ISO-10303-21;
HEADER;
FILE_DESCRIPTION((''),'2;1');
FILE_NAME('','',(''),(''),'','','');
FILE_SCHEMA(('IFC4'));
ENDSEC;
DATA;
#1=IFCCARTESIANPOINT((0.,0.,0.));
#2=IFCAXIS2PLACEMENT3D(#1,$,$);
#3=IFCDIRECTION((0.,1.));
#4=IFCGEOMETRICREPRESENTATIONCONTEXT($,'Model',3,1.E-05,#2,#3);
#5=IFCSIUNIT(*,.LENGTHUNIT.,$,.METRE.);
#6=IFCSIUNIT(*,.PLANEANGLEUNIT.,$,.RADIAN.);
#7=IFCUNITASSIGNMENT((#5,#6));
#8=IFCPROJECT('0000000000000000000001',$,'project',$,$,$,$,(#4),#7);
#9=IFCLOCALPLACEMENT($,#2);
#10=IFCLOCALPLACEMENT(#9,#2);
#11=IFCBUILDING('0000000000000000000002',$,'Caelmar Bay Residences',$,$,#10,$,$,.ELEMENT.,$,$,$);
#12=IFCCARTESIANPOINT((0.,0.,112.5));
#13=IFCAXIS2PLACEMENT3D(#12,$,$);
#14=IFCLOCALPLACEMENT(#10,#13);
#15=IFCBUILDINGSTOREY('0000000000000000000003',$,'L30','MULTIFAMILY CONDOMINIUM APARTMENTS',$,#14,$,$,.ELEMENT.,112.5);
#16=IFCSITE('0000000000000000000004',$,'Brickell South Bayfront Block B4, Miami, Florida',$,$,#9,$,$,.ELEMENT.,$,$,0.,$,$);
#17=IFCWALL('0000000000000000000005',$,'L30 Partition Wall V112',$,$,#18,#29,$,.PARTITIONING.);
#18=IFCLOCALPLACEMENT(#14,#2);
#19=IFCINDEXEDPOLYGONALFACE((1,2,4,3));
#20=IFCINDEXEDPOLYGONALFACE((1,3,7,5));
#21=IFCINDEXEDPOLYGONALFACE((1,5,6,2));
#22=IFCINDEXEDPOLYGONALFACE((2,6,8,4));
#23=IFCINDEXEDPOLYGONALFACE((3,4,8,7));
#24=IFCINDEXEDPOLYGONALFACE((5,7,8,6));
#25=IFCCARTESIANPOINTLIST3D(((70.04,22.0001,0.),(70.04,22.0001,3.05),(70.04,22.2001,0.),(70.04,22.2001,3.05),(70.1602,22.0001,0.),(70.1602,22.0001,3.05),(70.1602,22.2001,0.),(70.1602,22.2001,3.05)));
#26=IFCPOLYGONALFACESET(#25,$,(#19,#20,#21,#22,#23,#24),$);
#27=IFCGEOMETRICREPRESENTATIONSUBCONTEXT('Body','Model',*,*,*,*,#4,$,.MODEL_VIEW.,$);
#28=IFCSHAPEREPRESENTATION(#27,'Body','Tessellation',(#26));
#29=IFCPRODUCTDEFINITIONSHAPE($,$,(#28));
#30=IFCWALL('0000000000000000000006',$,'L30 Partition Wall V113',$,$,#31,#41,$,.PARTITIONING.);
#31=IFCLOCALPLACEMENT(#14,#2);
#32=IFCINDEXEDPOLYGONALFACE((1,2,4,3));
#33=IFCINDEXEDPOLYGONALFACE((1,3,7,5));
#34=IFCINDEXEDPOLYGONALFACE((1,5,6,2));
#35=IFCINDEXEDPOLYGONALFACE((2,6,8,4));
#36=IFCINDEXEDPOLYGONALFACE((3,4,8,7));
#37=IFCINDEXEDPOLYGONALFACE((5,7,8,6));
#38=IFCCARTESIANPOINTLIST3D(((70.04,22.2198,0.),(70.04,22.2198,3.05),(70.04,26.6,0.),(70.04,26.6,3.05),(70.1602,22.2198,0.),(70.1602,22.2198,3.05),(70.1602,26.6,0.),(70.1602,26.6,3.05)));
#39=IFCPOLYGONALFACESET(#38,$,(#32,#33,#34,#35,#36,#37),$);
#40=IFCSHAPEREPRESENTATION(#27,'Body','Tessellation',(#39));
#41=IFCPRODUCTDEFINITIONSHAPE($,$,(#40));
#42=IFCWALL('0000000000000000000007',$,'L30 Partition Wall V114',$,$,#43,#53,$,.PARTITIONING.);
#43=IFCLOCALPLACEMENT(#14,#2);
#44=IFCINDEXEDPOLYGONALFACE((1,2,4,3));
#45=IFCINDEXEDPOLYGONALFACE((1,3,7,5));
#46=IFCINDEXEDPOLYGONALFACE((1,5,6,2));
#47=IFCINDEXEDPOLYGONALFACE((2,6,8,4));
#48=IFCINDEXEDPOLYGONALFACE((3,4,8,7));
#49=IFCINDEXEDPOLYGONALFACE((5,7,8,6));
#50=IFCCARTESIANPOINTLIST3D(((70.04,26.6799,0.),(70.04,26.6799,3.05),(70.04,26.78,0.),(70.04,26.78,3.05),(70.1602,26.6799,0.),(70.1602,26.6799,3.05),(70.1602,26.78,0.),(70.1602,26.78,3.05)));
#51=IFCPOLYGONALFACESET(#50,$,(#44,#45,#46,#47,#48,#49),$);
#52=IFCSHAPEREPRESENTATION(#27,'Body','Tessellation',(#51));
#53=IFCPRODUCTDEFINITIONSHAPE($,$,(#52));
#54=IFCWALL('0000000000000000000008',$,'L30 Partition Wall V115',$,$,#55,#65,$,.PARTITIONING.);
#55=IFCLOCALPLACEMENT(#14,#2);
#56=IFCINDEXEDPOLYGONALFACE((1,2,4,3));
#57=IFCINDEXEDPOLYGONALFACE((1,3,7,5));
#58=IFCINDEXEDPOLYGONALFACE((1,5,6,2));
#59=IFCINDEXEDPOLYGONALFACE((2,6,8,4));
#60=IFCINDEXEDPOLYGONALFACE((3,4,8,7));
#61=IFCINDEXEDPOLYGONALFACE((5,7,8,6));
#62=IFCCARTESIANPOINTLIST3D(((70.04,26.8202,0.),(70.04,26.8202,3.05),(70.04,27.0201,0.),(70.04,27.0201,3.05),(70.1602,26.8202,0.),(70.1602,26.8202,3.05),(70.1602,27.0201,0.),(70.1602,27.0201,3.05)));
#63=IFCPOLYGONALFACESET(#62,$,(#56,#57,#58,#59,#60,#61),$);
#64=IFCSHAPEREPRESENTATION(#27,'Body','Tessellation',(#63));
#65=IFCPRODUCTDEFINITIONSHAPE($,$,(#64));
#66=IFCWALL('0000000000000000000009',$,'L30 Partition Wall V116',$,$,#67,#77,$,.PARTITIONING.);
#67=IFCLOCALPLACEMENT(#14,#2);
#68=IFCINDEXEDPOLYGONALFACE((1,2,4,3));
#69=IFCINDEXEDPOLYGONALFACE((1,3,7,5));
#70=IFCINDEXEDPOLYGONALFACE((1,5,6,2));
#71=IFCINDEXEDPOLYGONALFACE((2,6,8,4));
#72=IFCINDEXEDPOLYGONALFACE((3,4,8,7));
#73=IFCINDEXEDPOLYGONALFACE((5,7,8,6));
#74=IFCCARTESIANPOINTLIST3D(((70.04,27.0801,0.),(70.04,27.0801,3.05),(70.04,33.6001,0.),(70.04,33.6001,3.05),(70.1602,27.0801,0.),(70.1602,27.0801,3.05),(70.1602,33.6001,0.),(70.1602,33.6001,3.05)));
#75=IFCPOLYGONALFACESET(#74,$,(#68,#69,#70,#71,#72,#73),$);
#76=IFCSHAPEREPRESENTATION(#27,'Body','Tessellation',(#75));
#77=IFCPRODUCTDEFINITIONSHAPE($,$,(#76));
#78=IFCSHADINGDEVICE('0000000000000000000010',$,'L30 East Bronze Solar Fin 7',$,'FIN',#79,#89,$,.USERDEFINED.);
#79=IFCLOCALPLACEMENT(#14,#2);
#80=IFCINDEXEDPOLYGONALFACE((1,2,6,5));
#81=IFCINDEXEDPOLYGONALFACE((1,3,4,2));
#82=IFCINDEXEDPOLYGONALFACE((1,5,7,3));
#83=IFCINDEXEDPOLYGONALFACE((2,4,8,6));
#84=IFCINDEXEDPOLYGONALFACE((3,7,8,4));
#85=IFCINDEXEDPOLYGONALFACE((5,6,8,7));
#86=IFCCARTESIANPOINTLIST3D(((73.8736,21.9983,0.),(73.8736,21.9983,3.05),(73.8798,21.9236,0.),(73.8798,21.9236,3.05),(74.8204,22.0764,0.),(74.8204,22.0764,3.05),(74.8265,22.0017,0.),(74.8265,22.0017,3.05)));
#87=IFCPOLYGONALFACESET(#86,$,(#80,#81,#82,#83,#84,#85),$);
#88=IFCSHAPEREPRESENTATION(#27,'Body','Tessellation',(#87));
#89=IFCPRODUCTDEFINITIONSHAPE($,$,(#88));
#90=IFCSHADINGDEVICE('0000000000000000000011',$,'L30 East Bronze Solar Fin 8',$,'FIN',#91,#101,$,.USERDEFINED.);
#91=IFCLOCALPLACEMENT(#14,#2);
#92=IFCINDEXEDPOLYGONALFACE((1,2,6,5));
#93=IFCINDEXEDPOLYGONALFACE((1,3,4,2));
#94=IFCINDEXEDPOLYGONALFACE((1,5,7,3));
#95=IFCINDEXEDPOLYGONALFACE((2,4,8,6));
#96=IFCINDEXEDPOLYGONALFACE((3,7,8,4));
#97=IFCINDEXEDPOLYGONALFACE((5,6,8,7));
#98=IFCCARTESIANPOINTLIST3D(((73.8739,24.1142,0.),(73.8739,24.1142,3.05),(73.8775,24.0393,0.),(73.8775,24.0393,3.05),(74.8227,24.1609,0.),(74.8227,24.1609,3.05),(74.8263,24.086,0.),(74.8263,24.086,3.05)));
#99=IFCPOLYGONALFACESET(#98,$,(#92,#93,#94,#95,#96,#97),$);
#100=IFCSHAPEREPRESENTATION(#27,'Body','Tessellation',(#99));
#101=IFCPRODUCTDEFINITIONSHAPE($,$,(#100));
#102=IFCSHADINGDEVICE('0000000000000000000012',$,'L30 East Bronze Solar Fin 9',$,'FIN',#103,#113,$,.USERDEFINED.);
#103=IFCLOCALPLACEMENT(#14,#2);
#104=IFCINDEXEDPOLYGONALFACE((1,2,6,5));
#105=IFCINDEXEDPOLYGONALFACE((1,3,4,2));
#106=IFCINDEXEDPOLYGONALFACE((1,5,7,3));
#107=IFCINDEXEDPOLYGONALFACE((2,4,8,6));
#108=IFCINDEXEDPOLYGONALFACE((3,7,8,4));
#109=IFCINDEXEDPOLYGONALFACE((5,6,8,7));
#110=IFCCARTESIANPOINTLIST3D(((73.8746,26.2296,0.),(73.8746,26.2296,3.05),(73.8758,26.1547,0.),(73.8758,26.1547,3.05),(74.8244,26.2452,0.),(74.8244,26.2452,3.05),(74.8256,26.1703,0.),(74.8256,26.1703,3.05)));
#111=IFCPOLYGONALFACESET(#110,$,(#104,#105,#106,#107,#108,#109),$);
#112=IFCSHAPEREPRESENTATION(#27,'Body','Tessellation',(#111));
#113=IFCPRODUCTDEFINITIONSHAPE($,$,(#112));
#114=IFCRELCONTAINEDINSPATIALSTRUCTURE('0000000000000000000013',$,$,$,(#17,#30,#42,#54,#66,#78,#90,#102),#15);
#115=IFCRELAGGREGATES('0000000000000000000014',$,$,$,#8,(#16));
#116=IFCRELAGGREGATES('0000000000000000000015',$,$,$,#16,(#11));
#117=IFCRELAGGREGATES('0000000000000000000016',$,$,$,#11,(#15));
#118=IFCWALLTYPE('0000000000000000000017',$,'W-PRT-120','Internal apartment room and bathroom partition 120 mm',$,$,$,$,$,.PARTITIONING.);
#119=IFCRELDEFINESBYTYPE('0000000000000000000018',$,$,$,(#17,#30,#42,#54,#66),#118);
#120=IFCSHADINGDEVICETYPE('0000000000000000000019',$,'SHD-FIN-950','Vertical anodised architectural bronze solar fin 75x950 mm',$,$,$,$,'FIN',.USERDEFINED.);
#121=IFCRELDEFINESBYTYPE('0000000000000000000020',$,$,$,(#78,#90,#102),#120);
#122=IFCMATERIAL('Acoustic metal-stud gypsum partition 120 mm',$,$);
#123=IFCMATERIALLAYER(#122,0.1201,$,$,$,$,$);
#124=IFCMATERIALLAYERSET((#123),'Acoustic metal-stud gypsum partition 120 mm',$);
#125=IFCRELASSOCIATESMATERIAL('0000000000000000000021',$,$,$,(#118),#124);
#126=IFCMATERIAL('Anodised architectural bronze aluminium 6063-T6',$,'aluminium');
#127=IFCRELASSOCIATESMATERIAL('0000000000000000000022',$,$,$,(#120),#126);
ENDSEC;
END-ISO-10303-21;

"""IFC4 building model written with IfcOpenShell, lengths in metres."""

from ifc_helpers import new_model, si_unit, direction, frame, frame_2d, origin, origin_2d, place, context, subcontext, project, spatial, rectangle, extrude, material, layer, layer_set, material_profile, profile_set, type_object, element, save


model = new_model("IFC4")

# Units and contexts
model_context = context("Model", 3, precision=1e-05, world=origin(), true_north=direction((0.0, 1.0)))
body_context = subcontext(model_context, "Body", "Model", "MODEL_VIEW")
ifc_project = project(units=[si_unit("LENGTHUNIT", "METRE"), si_unit("PLANEANGLEUNIT", "RADIAN")], contexts=[model_context])

# Site, building, storey
site_placement = place(None, origin())
site = spatial("IfcSite", under=ifc_project, at=site_placement, Name="Brickell South Bayfront Block B4, Miami, Florida", CompositionType="ELEMENT", RefElevation=0.0)
building_placement = place(site_placement, origin())
building = spatial("IfcBuilding", under=site, at=building_placement, Name="Caelmar Bay Residences", CompositionType="ELEMENT")
storey_placement = place(building_placement, frame((0.0, 0.0, 112.5)))
storey = spatial("IfcBuildingStorey", under=building, at=storey_placement, Name="L30", Description="MULTIFAMILY CONDOMINIUM APARTMENTS", CompositionType="ELEMENT", Elevation=112.5)

# Shared definitions
ifc_material_1 = material(Name="Acoustic metal-stud gypsum partition 120 mm")
ifc_layer_1 = layer(ifc_material_1, 0.1201)
ifc_layer_set_1 = layer_set([ifc_layer_1], Name="Acoustic metal-stud gypsum partition 120 mm")
wall_type = type_object("IfcWallType", Name="W-PRT-120", Description="Internal apartment room and bathroom partition 120 mm", PredefinedType="PARTITIONING", material=ifc_layer_set_1)

# Walls
wall_1_placement = place(storey_placement, frame((70.1001, 22.0, 0.0), z_axis=(0.0, 0.0, 1.0), x_axis=(0.0, 1.0, 0.0)))
element("IfcWall", 1, at=wall_1_placement, inside=storey, type_object=wall_type, Name="L30 Partition Wall V112", PredefinedType="PARTITIONING", context=body_context, shape_type="SweptSolid", body=[
    extrude(rectangle(XDim=0.2, YDim=0.1201, at=frame_2d((0.1001, 0.0))), origin(), (0.0, 0.0, 1.0), 3.05),
])
wall_2_placement = place(storey_placement, frame((70.1001, 22.22, 0.0), z_axis=(0.0, 0.0, 1.0), x_axis=(0.0, 1.0, 0.0)))
element("IfcWall", 2, at=wall_2_placement, inside=storey, type_object=wall_type, Name="L30 Partition Wall V113", PredefinedType="PARTITIONING", context=body_context, shape_type="SweptSolid", body=[
    extrude(rectangle(XDim=4.3801, YDim=0.1201, at=frame_2d((2.1899, 0.0))), origin(), (0.0, 0.0, 1.0), 3.05),
])
wall_3_placement = place(storey_placement, frame((70.1001, 26.6799, 0.0), z_axis=(0.0, 0.0, 1.0), x_axis=(0.0, 1.0, 0.0)))
element("IfcWall", 3, at=wall_3_placement, inside=storey, type_object=wall_type, Name="L30 Partition Wall V114", PredefinedType="PARTITIONING", context=body_context, shape_type="SweptSolid", body=[
    extrude(rectangle(XDim=0.1001, YDim=0.1201, at=frame_2d((0.05, 0.0))), origin(), (0.0, 0.0, 1.0), 3.05),
])
wall_4_placement = place(storey_placement, frame((70.1001, 26.8201, 0.0), z_axis=(0.0, 0.0, 1.0), x_axis=(0.0, 1.0, 0.0)))
element("IfcWall", 4, at=wall_4_placement, inside=storey, type_object=wall_type, Name="L30 Partition Wall V115", PredefinedType="PARTITIONING", context=body_context, shape_type="SweptSolid", body=[
    extrude(rectangle(XDim=0.2, YDim=0.1201, at=frame_2d((0.1001, 0.0))), origin(), (0.0, 0.0, 1.0), 3.05),
])
wall_5_placement = place(storey_placement, frame((70.1001, 27.0801, 0.0), z_axis=(0.0, 0.0, 1.0), x_axis=(0.0, 1.0, 0.0)))
element("IfcWall", 5, at=wall_5_placement, inside=storey, type_object=wall_type, Name="L30 Partition Wall V116", PredefinedType="PARTITIONING", context=body_context, shape_type="SweptSolid", body=[
    extrude(rectangle(XDim=6.52, YDim=0.1201, at=frame_2d((3.26, 0.0))), origin(), (0.0, 0.0, 1.0), 3.05),
])

# Shading devices
ifc_material_2 = material(Name="Anodised architectural bronze aluminium 6063-T6", Category="aluminium")
ifc_material_profile_1 = material_profile(ifc_material_2, rectangle(XDim=0.075, YDim=0.95, at=origin_2d()), Name="BRONZE-FIN-75X950")
ifc_profile_set_1 = profile_set([ifc_material_profile_1], Name="Anodised architectural bronze aluminium 6063-T6")
shading_device_type = type_object("IfcShadingDeviceType", Name="SHD-FIN-950", Description="Vertical anodised architectural bronze solar fin 75x950 mm", ElementType="FIN", PredefinedType="USERDEFINED", material=ifc_profile_set_1)
for number, where, z_axis, x_axis, name in (
    (6, (74.3501, 22.0, 0.0), (0.0, 0.0, 1.0), (-0.082112, 0.996623, 0.0), "L30 East Bronze Solar Fin 7"),
    (7, (74.3501, 24.1001, 0.0), (0.0, 0.0, 1.0), (-0.049198, 0.998789, 0.0), "L30 East Bronze Solar Fin 8"),
    (8, (74.3501, 26.2, 0.0), (0.0, 0.0, 1.0), (-0.016405, 0.999865, 0.0), "L30 East Bronze Solar Fin 9"),
):
    element("IfcShadingDevice", number, at=place(storey_placement, frame(where, z_axis=z_axis, x_axis=x_axis)), inside=storey, type_object=shading_device_type, Name=name, ObjectType="FIN", PredefinedType="USERDEFINED", context=body_context, shape_type="SweptSolid", body=[
        extrude(rectangle(XDim=0.075, YDim=0.95, at=origin_2d()), origin(), (0.0, 0.0, 1.0), 3.05),
    ])

save(model, "model.ifc")
